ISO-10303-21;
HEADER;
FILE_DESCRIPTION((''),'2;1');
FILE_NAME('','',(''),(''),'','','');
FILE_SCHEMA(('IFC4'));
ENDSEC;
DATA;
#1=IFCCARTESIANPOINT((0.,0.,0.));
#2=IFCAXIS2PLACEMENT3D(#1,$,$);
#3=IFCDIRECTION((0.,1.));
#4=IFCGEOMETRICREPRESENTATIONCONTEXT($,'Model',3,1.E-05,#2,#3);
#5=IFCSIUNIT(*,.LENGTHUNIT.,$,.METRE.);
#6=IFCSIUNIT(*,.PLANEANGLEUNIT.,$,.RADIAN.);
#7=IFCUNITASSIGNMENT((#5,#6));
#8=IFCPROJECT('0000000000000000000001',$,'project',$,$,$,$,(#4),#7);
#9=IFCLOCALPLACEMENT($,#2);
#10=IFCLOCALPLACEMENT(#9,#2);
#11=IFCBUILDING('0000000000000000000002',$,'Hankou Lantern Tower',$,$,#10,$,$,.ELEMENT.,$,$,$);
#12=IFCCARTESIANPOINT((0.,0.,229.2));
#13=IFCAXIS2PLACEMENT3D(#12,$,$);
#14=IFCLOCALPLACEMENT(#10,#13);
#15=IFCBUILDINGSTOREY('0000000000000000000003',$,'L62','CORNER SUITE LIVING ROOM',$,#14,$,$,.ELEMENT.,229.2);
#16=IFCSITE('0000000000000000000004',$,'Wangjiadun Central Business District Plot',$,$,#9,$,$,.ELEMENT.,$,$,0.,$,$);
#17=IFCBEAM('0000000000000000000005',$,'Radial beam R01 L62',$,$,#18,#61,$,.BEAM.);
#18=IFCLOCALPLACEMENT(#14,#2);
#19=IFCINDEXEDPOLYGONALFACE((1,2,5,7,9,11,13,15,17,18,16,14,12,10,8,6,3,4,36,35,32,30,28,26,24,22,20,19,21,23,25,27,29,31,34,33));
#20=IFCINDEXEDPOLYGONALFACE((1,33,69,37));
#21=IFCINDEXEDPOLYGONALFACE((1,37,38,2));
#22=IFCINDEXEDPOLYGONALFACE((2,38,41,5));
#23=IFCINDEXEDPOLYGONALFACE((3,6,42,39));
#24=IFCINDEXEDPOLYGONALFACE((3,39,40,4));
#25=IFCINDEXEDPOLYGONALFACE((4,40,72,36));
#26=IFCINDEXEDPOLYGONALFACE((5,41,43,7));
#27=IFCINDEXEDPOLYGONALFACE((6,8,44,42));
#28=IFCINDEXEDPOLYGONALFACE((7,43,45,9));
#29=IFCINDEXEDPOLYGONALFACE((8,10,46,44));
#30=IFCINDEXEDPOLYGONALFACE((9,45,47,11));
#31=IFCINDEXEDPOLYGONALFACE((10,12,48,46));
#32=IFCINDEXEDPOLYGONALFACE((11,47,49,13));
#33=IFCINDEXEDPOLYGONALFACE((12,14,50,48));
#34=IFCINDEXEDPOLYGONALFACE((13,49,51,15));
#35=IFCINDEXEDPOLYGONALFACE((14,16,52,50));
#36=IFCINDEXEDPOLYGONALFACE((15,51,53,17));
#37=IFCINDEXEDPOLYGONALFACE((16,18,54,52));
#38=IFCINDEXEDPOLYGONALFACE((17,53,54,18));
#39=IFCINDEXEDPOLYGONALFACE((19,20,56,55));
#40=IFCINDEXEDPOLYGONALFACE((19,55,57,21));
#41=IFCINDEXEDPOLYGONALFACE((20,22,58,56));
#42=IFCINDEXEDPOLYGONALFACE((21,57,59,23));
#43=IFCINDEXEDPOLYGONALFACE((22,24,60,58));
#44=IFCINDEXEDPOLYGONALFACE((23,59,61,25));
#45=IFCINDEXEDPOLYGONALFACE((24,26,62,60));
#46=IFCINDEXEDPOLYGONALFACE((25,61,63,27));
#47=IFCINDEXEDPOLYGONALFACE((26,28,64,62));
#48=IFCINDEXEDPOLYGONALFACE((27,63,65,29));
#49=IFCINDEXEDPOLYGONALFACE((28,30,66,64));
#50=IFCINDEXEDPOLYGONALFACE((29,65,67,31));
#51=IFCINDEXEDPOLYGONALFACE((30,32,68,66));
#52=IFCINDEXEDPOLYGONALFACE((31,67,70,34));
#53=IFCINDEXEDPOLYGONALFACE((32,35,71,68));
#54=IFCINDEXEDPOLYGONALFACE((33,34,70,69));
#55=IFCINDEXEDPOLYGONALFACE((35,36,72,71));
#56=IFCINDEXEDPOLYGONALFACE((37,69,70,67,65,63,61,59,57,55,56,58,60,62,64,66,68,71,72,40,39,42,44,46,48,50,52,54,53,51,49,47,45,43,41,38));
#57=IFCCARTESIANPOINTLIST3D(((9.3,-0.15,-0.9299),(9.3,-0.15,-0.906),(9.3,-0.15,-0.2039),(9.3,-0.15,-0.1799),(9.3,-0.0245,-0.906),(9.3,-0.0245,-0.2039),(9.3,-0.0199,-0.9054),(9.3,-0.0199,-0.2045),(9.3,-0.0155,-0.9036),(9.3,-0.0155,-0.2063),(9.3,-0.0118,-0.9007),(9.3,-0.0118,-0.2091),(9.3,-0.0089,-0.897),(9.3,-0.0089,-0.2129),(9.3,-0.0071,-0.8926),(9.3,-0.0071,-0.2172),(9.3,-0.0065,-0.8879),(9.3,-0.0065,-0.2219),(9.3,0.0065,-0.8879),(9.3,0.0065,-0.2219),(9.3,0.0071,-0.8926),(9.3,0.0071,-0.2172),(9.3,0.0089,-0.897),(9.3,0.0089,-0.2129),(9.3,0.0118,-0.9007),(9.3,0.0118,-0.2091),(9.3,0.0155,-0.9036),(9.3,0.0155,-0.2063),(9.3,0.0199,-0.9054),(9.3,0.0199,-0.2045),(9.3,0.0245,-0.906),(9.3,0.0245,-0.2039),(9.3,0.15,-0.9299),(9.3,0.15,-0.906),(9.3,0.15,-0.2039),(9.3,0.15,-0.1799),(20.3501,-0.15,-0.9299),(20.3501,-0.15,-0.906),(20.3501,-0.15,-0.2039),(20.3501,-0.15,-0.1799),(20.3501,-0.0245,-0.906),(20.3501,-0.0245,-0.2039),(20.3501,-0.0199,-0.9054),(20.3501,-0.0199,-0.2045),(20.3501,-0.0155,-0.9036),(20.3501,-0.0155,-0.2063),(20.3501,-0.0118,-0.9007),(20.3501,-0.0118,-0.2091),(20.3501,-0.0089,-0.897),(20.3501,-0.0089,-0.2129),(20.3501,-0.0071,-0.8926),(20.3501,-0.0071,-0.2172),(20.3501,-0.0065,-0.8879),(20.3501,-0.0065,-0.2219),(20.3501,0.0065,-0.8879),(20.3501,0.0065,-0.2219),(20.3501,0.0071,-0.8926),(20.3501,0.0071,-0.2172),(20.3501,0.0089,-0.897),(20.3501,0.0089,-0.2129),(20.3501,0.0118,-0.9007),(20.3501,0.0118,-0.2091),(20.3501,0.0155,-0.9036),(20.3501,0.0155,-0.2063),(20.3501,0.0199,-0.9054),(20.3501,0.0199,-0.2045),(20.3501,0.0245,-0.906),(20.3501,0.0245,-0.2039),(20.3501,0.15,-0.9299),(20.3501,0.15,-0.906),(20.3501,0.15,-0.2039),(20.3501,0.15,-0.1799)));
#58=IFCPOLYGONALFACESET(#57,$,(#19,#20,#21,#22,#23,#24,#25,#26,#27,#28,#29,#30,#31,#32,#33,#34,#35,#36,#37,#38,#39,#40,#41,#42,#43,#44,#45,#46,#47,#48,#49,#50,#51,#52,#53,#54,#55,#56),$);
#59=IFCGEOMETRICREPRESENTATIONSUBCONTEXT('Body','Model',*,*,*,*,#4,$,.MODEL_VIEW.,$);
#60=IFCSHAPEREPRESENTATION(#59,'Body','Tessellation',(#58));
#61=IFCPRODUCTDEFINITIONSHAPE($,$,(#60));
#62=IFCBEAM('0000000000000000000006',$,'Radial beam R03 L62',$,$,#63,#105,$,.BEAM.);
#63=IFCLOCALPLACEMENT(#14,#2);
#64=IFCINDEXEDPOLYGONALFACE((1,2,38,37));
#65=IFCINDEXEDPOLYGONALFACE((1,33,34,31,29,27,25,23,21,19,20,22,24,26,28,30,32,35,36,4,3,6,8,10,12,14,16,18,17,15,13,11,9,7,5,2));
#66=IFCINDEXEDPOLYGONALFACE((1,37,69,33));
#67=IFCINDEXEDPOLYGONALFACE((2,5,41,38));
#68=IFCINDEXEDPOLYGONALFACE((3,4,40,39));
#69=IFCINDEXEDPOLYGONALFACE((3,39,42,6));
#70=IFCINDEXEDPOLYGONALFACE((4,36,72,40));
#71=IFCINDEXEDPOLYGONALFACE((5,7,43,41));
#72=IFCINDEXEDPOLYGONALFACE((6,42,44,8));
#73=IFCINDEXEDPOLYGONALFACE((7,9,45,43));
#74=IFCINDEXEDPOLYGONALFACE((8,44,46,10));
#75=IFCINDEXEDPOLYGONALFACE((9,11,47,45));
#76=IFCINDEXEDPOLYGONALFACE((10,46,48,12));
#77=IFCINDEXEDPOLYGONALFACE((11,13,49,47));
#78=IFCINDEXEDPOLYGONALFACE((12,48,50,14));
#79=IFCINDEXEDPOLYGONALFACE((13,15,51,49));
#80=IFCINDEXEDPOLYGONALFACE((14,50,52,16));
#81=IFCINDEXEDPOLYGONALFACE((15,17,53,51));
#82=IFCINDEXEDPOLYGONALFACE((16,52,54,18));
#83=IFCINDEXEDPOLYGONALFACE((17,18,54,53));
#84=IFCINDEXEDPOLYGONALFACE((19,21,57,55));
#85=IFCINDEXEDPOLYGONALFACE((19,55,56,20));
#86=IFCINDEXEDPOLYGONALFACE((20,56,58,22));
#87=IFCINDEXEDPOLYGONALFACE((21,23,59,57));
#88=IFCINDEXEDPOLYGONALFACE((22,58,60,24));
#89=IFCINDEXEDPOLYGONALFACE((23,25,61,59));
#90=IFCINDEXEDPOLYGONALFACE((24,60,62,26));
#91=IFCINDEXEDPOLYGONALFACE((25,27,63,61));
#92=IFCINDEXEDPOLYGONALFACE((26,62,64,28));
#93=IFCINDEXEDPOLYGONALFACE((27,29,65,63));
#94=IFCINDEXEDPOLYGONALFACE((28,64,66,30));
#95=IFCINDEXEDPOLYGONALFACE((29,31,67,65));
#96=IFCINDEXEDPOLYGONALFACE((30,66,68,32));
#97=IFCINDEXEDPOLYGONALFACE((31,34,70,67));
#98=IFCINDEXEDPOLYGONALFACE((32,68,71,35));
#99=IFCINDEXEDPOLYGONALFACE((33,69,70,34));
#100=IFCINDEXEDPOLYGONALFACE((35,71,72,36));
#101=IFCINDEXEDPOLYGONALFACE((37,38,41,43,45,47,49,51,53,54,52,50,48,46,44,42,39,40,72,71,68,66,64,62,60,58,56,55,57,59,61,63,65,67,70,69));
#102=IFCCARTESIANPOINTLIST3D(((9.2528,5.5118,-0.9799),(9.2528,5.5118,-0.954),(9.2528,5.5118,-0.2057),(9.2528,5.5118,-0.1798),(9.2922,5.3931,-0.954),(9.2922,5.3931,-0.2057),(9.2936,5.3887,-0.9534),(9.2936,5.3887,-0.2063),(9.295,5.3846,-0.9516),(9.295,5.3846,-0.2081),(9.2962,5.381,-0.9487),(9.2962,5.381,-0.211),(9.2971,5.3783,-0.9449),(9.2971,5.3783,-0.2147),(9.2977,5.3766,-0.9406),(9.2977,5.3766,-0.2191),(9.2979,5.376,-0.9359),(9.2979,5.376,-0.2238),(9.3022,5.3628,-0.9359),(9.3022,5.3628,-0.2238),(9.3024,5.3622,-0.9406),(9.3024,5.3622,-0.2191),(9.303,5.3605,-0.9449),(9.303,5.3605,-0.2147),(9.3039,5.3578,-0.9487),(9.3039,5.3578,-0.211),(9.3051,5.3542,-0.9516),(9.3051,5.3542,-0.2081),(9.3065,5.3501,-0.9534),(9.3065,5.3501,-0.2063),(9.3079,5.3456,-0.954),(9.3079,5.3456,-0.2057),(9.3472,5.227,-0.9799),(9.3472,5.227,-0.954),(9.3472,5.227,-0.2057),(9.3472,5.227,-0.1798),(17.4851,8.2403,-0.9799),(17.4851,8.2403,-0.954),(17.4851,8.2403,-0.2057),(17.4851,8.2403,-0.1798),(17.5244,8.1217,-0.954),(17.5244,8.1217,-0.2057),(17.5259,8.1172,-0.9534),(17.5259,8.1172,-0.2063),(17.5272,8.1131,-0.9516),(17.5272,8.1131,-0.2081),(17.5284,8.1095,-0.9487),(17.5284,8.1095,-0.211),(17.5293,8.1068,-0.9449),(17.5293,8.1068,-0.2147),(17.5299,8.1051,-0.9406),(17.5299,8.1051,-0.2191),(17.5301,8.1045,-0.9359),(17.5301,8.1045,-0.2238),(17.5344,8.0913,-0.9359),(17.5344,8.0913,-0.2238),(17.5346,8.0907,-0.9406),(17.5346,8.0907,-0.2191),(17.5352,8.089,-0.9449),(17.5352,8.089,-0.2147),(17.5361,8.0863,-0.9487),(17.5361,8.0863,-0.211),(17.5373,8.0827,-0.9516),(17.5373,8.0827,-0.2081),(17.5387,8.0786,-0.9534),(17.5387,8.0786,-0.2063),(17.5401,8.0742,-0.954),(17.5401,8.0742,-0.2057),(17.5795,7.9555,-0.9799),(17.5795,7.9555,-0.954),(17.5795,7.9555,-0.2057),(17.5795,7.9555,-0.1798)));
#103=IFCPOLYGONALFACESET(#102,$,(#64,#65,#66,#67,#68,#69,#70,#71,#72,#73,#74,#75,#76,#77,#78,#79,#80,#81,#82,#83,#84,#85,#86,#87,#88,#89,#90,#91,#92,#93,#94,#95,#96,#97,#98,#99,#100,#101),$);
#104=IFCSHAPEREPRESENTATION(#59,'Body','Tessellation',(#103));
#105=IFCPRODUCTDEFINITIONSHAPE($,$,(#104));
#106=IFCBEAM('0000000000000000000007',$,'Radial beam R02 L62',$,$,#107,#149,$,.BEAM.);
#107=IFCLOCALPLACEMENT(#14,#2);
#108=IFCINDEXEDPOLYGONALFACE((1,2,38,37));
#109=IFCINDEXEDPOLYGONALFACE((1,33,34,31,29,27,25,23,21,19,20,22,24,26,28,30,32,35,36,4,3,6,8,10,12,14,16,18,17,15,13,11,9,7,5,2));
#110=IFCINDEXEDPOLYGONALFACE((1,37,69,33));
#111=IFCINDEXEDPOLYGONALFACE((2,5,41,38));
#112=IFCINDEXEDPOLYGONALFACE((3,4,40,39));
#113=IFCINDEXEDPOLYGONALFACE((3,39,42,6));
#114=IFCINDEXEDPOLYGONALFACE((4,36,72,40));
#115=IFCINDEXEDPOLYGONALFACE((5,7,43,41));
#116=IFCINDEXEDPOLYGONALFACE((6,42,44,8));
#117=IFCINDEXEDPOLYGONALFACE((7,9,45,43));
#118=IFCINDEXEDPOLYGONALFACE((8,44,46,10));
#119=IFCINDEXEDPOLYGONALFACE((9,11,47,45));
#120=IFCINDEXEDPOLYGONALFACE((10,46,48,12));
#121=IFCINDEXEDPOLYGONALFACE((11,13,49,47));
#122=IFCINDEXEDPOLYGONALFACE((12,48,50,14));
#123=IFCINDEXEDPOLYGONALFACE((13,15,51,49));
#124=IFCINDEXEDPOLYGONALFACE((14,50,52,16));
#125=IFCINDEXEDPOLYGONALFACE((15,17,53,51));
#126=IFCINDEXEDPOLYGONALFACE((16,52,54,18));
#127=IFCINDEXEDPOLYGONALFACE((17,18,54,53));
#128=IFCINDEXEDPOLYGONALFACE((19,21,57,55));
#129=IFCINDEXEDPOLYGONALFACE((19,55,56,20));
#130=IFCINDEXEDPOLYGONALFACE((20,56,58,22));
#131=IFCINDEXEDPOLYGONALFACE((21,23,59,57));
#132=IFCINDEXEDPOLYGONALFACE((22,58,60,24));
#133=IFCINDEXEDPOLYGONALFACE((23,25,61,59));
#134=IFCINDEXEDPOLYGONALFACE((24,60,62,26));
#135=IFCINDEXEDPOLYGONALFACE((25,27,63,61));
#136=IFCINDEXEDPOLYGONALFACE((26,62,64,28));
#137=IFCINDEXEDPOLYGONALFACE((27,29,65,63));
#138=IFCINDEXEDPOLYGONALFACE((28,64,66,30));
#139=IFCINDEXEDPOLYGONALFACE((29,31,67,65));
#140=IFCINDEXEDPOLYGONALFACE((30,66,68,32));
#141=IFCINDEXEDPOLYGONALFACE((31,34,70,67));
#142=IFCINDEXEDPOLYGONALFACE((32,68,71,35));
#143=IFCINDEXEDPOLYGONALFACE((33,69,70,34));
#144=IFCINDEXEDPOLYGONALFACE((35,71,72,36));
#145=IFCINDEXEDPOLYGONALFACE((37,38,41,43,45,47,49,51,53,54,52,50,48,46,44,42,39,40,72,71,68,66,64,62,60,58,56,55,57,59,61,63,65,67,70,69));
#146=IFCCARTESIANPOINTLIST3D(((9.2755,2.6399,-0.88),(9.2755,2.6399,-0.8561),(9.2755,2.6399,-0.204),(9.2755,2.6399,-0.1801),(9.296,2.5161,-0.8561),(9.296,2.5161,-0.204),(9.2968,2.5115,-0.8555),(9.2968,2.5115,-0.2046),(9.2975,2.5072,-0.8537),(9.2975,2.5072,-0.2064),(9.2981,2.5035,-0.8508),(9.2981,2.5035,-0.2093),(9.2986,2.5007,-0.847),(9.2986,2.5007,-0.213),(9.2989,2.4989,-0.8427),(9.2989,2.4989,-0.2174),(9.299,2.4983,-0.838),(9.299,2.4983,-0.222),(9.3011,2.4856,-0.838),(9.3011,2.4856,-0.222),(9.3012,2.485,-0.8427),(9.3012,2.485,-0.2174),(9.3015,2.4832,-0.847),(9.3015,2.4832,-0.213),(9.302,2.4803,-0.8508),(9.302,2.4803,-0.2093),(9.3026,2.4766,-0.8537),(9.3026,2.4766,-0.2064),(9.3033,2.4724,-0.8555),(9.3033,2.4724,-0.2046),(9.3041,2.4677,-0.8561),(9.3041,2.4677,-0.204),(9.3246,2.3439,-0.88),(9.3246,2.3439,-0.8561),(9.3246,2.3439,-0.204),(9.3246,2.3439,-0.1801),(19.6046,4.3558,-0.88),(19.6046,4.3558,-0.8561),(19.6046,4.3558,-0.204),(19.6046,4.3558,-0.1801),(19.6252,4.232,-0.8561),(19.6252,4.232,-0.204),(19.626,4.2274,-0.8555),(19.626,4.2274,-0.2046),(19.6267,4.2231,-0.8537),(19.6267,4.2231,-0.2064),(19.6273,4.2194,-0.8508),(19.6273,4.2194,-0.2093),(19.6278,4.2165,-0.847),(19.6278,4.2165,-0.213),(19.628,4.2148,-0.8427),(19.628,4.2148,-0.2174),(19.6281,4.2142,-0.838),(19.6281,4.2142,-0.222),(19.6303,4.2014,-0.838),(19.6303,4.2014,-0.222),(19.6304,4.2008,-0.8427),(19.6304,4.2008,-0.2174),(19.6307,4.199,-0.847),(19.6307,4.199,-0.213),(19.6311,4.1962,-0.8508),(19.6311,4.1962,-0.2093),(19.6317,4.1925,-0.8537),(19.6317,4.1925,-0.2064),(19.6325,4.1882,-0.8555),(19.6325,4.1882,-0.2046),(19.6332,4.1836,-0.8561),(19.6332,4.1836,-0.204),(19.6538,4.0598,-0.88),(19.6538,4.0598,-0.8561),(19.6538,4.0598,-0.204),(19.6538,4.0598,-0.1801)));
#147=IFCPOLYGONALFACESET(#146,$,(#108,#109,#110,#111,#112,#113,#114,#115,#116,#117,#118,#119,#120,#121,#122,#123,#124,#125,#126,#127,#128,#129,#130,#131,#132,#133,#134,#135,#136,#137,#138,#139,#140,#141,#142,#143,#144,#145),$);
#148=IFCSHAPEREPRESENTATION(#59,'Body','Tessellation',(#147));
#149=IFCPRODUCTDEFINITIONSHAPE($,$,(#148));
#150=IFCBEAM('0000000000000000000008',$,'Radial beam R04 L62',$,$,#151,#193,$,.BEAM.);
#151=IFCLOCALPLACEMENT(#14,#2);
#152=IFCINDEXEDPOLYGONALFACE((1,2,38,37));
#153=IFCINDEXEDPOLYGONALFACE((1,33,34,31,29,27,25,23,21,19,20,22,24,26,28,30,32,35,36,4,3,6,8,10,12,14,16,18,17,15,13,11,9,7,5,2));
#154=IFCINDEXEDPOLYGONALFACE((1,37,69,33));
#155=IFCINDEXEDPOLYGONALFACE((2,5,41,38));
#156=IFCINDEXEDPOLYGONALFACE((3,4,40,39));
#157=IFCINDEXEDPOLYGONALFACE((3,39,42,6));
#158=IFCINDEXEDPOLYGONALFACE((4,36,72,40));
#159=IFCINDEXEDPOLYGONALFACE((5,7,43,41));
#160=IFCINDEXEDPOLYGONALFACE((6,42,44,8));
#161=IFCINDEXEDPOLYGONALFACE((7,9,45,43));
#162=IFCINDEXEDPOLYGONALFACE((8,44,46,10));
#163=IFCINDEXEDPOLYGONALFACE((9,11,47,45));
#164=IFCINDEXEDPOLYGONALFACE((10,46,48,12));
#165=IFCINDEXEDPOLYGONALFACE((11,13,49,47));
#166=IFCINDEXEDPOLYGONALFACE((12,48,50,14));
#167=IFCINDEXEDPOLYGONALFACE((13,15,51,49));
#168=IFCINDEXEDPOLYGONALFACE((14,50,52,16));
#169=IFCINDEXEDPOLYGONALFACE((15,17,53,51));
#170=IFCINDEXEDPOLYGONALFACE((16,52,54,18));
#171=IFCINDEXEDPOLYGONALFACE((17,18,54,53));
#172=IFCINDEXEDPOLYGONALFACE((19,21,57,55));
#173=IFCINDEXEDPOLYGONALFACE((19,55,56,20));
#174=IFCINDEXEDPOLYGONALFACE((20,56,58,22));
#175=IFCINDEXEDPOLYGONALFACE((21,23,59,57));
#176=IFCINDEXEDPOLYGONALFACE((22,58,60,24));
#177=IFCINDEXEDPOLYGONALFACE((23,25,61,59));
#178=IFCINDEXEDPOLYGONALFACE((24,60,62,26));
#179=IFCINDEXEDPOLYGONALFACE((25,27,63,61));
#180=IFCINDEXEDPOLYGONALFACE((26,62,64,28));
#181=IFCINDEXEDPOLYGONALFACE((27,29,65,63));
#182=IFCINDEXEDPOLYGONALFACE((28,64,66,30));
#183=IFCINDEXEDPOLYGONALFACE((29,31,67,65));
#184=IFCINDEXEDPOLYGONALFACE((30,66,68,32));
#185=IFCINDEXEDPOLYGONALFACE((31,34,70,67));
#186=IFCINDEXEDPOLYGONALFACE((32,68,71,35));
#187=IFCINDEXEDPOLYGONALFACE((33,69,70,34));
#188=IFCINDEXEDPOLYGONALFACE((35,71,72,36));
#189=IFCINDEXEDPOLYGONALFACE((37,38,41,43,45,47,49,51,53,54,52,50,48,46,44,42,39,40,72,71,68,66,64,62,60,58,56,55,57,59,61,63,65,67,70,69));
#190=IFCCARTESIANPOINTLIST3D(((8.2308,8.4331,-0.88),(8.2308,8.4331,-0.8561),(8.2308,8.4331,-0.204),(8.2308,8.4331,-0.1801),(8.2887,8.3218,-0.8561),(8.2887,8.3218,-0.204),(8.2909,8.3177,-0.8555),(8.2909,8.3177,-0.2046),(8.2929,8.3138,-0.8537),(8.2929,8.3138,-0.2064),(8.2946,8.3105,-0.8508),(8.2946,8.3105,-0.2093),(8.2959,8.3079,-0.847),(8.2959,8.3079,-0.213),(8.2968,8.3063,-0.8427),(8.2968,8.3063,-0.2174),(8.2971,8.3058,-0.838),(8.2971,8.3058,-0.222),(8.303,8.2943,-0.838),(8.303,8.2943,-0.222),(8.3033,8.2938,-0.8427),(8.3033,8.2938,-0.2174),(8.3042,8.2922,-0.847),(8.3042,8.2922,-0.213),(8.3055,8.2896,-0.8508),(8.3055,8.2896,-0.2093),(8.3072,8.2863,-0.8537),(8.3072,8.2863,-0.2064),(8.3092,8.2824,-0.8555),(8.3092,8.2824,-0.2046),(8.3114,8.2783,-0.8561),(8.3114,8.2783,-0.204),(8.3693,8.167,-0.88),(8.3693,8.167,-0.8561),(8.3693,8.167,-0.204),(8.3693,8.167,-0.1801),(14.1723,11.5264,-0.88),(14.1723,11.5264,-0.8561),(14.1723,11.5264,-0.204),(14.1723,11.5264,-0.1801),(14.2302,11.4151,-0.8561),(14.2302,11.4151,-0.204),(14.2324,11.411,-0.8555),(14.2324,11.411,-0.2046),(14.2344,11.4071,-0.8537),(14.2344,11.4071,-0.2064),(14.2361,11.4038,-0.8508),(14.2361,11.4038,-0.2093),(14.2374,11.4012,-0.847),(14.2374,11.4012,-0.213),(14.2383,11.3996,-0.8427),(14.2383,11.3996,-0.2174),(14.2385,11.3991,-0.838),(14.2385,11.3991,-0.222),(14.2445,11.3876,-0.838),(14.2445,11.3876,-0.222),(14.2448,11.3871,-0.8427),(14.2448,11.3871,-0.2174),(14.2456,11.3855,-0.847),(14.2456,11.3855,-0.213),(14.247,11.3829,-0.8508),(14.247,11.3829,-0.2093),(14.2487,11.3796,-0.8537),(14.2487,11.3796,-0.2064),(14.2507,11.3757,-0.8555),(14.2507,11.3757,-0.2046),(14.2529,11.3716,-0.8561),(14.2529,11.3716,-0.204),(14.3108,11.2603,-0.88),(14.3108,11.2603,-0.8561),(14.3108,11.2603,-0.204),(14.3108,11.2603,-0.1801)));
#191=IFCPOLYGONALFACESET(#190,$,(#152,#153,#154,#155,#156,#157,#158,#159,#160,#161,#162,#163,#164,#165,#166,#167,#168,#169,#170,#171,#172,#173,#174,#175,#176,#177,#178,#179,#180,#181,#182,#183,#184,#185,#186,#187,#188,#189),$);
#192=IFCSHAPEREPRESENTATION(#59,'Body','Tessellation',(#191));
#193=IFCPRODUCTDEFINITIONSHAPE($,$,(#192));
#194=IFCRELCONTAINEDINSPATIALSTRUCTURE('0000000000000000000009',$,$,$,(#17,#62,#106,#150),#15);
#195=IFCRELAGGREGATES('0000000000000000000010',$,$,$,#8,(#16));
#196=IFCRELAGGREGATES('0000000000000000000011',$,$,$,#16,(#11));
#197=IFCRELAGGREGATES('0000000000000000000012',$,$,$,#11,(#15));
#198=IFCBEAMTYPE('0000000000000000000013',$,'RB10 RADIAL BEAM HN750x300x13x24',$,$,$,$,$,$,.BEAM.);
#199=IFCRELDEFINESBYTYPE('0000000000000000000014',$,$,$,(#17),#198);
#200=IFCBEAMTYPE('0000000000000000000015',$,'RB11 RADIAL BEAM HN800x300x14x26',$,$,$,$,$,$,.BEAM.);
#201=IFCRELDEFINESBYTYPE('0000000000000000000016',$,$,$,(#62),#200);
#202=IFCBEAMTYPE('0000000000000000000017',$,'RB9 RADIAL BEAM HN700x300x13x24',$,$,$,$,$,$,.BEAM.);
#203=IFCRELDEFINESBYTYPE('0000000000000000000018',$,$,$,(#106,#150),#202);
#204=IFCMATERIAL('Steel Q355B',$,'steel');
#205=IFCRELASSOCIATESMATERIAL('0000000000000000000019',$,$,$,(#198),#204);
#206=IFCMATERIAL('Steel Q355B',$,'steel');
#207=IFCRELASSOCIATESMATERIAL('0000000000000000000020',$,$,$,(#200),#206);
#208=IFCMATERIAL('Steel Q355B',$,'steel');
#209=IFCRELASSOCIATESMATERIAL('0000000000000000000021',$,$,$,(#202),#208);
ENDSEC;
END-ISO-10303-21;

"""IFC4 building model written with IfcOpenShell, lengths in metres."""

from ifc_helpers import new_model, si_unit, direction, frame, origin, origin_2d, place, context, subcontext, project, spatial, i_section, extrude, material, material_profile, profile_set, type_object, element, save


model = new_model("IFC4")

# Units and contexts
model_context = context("Model", 3, precision=1e-05, world=origin(), true_north=direction((0.0, 1.0)))
body_context = subcontext(model_context, "Body", "Model", "MODEL_VIEW")
ifc_project = project(units=[si_unit("LENGTHUNIT", "METRE"), si_unit("PLANEANGLEUNIT", "RADIAN")], contexts=[model_context])

# Site, building, storey
site_placement = place(None, origin())
site = spatial("IfcSite", under=ifc_project, at=site_placement, Name="Wangjiadun Central Business District Plot", CompositionType="ELEMENT", RefElevation=0.0)
building_placement = place(site_placement, origin())
building = spatial("IfcBuilding", under=site, at=building_placement, Name="Hankou Lantern Tower", CompositionType="ELEMENT")
storey_placement = place(building_placement, frame((0.0, 0.0, 229.2)))
storey = spatial("IfcBuildingStorey", under=building, at=storey_placement, Name="L62", Description="CORNER SUITE LIVING ROOM", CompositionType="ELEMENT", Elevation=229.2)

# Beams
ifc_material_1 = material(Name="Steel Q355B", Category="steel")
ifc_material_profile_1 = material_profile(ifc_material_1, i_section(OverallWidth=0.3, OverallDepth=0.75, WebThickness=0.0129, FlangeThickness=0.0239, FilletRadius=0.0181, at=origin_2d()), Name="HN750x300x13x24")
ifc_profile_set_1 = profile_set([ifc_material_profile_1], Name="Steel Q355B")
beam_type_1 = type_object("IfcBeamType", Name="RB10 RADIAL BEAM HN750x300x13x24", PredefinedType="BEAM", material=ifc_profile_set_1)
beam_1_placement = place(storey_placement, frame((9.3, 0.0, -0.5549), z_axis=(1.0, 0.0, 0.0), x_axis=(0.0, 1.0, 0.0)))
element("IfcBeam", 1, at=beam_1_placement, inside=storey, type_object=beam_type_1, Name="Radial beam R01 L62", PredefinedType="BEAM", context=body_context, shape_type="SweptSolid", body=[
    extrude(i_section(OverallWidth=0.3, OverallDepth=0.75, WebThickness=0.0129, FlangeThickness=0.0239, FilletRadius=0.0181, at=origin_2d()), origin(), (0.0, 0.0, 1.0), 11.05),
])
ifc_material_2 = material(Name="Steel Q355B", Category="steel")
ifc_material_profile_2 = material_profile(ifc_material_2, i_section(OverallWidth=0.3, OverallDepth=0.8, WebThickness=0.0139, FlangeThickness=0.0259, FilletRadius=0.0181, at=origin_2d()), Name="HN800x300x14x26")
ifc_profile_set_2 = profile_set([ifc_material_profile_2], Name="Steel Q355B")
beam_type_2 = type_object("IfcBeamType", Name="RB11 RADIAL BEAM HN800x300x14x26", PredefinedType="BEAM", material=ifc_profile_set_2)
beam_2_placement = place(storey_placement, frame((9.3, 5.3694, -0.5798), z_axis=(0.94922, 0.314614, 0.0), x_axis=(-0.314614, 0.94922, 0.0)))
element("IfcBeam", 2, at=beam_2_placement, inside=storey, type_object=beam_type_2, Name="Radial beam R03 L62", PredefinedType="BEAM", context=body_context, shape_type="SweptSolid", body=[
    extrude(i_section(OverallWidth=0.3, OverallDepth=0.8, WebThickness=0.0139, FlangeThickness=0.0259, FilletRadius=0.0181, at=origin_2d()), origin(), (0.0, 0.0, 1.0), 8.6726),
])
ifc_material_3 = material(Name="Steel Q355B", Category="steel")
ifc_material_profile_3 = material_profile(ifc_material_3, i_section(OverallWidth=0.3, OverallDepth=0.7, WebThickness=0.0129, FlangeThickness=0.0239, FilletRadius=0.0181, at=origin_2d()), Name="HN700x300x13x24")
ifc_profile_set_3 = profile_set([ifc_material_profile_3], Name="Steel Q355B")
beam_type_3 = type_object("IfcBeamType", Name="RB9 RADIAL BEAM HN700x300x13x24", PredefinedType="BEAM", material=ifc_profile_set_3)
beam_3_placement = place(storey_placement, frame((9.3, 2.4919, -0.53), z_axis=(0.986482, 0.16387, 0.0), x_axis=(-0.16387, 0.986482, 0.0)))
element("IfcBeam", 3, at=beam_3_placement, inside=storey, type_object=beam_type_3, Name="Radial beam R02 L62", PredefinedType="BEAM", context=body_context, shape_type="SweptSolid", body=[
    extrude(i_section(OverallWidth=0.3, OverallDepth=0.7, WebThickness=0.0129, FlangeThickness=0.0239, FilletRadius=0.0181, at=origin_2d()), origin(), (0.0, 0.0, 1.0), 10.4707),
])
beam_4_placement = place(storey_placement, frame((8.3, 8.3, -0.53), z_axis=(0.886989, 0.461791, 0.0), x_axis=(-0.461791, 0.886989, 0.0)))
element("IfcBeam", 4, at=beam_4_placement, inside=storey, type_object=beam_type_3, Name="Radial beam R04 L62", PredefinedType="BEAM", context=body_context, shape_type="SweptSolid", body=[
    extrude(i_section(OverallWidth=0.3, OverallDepth=0.7, WebThickness=0.0129, FlangeThickness=0.0239, FilletRadius=0.0181, at=origin_2d()), origin(), (0.0, 0.0, 1.0), 6.6985),
])

save(model, "model.ifc")
